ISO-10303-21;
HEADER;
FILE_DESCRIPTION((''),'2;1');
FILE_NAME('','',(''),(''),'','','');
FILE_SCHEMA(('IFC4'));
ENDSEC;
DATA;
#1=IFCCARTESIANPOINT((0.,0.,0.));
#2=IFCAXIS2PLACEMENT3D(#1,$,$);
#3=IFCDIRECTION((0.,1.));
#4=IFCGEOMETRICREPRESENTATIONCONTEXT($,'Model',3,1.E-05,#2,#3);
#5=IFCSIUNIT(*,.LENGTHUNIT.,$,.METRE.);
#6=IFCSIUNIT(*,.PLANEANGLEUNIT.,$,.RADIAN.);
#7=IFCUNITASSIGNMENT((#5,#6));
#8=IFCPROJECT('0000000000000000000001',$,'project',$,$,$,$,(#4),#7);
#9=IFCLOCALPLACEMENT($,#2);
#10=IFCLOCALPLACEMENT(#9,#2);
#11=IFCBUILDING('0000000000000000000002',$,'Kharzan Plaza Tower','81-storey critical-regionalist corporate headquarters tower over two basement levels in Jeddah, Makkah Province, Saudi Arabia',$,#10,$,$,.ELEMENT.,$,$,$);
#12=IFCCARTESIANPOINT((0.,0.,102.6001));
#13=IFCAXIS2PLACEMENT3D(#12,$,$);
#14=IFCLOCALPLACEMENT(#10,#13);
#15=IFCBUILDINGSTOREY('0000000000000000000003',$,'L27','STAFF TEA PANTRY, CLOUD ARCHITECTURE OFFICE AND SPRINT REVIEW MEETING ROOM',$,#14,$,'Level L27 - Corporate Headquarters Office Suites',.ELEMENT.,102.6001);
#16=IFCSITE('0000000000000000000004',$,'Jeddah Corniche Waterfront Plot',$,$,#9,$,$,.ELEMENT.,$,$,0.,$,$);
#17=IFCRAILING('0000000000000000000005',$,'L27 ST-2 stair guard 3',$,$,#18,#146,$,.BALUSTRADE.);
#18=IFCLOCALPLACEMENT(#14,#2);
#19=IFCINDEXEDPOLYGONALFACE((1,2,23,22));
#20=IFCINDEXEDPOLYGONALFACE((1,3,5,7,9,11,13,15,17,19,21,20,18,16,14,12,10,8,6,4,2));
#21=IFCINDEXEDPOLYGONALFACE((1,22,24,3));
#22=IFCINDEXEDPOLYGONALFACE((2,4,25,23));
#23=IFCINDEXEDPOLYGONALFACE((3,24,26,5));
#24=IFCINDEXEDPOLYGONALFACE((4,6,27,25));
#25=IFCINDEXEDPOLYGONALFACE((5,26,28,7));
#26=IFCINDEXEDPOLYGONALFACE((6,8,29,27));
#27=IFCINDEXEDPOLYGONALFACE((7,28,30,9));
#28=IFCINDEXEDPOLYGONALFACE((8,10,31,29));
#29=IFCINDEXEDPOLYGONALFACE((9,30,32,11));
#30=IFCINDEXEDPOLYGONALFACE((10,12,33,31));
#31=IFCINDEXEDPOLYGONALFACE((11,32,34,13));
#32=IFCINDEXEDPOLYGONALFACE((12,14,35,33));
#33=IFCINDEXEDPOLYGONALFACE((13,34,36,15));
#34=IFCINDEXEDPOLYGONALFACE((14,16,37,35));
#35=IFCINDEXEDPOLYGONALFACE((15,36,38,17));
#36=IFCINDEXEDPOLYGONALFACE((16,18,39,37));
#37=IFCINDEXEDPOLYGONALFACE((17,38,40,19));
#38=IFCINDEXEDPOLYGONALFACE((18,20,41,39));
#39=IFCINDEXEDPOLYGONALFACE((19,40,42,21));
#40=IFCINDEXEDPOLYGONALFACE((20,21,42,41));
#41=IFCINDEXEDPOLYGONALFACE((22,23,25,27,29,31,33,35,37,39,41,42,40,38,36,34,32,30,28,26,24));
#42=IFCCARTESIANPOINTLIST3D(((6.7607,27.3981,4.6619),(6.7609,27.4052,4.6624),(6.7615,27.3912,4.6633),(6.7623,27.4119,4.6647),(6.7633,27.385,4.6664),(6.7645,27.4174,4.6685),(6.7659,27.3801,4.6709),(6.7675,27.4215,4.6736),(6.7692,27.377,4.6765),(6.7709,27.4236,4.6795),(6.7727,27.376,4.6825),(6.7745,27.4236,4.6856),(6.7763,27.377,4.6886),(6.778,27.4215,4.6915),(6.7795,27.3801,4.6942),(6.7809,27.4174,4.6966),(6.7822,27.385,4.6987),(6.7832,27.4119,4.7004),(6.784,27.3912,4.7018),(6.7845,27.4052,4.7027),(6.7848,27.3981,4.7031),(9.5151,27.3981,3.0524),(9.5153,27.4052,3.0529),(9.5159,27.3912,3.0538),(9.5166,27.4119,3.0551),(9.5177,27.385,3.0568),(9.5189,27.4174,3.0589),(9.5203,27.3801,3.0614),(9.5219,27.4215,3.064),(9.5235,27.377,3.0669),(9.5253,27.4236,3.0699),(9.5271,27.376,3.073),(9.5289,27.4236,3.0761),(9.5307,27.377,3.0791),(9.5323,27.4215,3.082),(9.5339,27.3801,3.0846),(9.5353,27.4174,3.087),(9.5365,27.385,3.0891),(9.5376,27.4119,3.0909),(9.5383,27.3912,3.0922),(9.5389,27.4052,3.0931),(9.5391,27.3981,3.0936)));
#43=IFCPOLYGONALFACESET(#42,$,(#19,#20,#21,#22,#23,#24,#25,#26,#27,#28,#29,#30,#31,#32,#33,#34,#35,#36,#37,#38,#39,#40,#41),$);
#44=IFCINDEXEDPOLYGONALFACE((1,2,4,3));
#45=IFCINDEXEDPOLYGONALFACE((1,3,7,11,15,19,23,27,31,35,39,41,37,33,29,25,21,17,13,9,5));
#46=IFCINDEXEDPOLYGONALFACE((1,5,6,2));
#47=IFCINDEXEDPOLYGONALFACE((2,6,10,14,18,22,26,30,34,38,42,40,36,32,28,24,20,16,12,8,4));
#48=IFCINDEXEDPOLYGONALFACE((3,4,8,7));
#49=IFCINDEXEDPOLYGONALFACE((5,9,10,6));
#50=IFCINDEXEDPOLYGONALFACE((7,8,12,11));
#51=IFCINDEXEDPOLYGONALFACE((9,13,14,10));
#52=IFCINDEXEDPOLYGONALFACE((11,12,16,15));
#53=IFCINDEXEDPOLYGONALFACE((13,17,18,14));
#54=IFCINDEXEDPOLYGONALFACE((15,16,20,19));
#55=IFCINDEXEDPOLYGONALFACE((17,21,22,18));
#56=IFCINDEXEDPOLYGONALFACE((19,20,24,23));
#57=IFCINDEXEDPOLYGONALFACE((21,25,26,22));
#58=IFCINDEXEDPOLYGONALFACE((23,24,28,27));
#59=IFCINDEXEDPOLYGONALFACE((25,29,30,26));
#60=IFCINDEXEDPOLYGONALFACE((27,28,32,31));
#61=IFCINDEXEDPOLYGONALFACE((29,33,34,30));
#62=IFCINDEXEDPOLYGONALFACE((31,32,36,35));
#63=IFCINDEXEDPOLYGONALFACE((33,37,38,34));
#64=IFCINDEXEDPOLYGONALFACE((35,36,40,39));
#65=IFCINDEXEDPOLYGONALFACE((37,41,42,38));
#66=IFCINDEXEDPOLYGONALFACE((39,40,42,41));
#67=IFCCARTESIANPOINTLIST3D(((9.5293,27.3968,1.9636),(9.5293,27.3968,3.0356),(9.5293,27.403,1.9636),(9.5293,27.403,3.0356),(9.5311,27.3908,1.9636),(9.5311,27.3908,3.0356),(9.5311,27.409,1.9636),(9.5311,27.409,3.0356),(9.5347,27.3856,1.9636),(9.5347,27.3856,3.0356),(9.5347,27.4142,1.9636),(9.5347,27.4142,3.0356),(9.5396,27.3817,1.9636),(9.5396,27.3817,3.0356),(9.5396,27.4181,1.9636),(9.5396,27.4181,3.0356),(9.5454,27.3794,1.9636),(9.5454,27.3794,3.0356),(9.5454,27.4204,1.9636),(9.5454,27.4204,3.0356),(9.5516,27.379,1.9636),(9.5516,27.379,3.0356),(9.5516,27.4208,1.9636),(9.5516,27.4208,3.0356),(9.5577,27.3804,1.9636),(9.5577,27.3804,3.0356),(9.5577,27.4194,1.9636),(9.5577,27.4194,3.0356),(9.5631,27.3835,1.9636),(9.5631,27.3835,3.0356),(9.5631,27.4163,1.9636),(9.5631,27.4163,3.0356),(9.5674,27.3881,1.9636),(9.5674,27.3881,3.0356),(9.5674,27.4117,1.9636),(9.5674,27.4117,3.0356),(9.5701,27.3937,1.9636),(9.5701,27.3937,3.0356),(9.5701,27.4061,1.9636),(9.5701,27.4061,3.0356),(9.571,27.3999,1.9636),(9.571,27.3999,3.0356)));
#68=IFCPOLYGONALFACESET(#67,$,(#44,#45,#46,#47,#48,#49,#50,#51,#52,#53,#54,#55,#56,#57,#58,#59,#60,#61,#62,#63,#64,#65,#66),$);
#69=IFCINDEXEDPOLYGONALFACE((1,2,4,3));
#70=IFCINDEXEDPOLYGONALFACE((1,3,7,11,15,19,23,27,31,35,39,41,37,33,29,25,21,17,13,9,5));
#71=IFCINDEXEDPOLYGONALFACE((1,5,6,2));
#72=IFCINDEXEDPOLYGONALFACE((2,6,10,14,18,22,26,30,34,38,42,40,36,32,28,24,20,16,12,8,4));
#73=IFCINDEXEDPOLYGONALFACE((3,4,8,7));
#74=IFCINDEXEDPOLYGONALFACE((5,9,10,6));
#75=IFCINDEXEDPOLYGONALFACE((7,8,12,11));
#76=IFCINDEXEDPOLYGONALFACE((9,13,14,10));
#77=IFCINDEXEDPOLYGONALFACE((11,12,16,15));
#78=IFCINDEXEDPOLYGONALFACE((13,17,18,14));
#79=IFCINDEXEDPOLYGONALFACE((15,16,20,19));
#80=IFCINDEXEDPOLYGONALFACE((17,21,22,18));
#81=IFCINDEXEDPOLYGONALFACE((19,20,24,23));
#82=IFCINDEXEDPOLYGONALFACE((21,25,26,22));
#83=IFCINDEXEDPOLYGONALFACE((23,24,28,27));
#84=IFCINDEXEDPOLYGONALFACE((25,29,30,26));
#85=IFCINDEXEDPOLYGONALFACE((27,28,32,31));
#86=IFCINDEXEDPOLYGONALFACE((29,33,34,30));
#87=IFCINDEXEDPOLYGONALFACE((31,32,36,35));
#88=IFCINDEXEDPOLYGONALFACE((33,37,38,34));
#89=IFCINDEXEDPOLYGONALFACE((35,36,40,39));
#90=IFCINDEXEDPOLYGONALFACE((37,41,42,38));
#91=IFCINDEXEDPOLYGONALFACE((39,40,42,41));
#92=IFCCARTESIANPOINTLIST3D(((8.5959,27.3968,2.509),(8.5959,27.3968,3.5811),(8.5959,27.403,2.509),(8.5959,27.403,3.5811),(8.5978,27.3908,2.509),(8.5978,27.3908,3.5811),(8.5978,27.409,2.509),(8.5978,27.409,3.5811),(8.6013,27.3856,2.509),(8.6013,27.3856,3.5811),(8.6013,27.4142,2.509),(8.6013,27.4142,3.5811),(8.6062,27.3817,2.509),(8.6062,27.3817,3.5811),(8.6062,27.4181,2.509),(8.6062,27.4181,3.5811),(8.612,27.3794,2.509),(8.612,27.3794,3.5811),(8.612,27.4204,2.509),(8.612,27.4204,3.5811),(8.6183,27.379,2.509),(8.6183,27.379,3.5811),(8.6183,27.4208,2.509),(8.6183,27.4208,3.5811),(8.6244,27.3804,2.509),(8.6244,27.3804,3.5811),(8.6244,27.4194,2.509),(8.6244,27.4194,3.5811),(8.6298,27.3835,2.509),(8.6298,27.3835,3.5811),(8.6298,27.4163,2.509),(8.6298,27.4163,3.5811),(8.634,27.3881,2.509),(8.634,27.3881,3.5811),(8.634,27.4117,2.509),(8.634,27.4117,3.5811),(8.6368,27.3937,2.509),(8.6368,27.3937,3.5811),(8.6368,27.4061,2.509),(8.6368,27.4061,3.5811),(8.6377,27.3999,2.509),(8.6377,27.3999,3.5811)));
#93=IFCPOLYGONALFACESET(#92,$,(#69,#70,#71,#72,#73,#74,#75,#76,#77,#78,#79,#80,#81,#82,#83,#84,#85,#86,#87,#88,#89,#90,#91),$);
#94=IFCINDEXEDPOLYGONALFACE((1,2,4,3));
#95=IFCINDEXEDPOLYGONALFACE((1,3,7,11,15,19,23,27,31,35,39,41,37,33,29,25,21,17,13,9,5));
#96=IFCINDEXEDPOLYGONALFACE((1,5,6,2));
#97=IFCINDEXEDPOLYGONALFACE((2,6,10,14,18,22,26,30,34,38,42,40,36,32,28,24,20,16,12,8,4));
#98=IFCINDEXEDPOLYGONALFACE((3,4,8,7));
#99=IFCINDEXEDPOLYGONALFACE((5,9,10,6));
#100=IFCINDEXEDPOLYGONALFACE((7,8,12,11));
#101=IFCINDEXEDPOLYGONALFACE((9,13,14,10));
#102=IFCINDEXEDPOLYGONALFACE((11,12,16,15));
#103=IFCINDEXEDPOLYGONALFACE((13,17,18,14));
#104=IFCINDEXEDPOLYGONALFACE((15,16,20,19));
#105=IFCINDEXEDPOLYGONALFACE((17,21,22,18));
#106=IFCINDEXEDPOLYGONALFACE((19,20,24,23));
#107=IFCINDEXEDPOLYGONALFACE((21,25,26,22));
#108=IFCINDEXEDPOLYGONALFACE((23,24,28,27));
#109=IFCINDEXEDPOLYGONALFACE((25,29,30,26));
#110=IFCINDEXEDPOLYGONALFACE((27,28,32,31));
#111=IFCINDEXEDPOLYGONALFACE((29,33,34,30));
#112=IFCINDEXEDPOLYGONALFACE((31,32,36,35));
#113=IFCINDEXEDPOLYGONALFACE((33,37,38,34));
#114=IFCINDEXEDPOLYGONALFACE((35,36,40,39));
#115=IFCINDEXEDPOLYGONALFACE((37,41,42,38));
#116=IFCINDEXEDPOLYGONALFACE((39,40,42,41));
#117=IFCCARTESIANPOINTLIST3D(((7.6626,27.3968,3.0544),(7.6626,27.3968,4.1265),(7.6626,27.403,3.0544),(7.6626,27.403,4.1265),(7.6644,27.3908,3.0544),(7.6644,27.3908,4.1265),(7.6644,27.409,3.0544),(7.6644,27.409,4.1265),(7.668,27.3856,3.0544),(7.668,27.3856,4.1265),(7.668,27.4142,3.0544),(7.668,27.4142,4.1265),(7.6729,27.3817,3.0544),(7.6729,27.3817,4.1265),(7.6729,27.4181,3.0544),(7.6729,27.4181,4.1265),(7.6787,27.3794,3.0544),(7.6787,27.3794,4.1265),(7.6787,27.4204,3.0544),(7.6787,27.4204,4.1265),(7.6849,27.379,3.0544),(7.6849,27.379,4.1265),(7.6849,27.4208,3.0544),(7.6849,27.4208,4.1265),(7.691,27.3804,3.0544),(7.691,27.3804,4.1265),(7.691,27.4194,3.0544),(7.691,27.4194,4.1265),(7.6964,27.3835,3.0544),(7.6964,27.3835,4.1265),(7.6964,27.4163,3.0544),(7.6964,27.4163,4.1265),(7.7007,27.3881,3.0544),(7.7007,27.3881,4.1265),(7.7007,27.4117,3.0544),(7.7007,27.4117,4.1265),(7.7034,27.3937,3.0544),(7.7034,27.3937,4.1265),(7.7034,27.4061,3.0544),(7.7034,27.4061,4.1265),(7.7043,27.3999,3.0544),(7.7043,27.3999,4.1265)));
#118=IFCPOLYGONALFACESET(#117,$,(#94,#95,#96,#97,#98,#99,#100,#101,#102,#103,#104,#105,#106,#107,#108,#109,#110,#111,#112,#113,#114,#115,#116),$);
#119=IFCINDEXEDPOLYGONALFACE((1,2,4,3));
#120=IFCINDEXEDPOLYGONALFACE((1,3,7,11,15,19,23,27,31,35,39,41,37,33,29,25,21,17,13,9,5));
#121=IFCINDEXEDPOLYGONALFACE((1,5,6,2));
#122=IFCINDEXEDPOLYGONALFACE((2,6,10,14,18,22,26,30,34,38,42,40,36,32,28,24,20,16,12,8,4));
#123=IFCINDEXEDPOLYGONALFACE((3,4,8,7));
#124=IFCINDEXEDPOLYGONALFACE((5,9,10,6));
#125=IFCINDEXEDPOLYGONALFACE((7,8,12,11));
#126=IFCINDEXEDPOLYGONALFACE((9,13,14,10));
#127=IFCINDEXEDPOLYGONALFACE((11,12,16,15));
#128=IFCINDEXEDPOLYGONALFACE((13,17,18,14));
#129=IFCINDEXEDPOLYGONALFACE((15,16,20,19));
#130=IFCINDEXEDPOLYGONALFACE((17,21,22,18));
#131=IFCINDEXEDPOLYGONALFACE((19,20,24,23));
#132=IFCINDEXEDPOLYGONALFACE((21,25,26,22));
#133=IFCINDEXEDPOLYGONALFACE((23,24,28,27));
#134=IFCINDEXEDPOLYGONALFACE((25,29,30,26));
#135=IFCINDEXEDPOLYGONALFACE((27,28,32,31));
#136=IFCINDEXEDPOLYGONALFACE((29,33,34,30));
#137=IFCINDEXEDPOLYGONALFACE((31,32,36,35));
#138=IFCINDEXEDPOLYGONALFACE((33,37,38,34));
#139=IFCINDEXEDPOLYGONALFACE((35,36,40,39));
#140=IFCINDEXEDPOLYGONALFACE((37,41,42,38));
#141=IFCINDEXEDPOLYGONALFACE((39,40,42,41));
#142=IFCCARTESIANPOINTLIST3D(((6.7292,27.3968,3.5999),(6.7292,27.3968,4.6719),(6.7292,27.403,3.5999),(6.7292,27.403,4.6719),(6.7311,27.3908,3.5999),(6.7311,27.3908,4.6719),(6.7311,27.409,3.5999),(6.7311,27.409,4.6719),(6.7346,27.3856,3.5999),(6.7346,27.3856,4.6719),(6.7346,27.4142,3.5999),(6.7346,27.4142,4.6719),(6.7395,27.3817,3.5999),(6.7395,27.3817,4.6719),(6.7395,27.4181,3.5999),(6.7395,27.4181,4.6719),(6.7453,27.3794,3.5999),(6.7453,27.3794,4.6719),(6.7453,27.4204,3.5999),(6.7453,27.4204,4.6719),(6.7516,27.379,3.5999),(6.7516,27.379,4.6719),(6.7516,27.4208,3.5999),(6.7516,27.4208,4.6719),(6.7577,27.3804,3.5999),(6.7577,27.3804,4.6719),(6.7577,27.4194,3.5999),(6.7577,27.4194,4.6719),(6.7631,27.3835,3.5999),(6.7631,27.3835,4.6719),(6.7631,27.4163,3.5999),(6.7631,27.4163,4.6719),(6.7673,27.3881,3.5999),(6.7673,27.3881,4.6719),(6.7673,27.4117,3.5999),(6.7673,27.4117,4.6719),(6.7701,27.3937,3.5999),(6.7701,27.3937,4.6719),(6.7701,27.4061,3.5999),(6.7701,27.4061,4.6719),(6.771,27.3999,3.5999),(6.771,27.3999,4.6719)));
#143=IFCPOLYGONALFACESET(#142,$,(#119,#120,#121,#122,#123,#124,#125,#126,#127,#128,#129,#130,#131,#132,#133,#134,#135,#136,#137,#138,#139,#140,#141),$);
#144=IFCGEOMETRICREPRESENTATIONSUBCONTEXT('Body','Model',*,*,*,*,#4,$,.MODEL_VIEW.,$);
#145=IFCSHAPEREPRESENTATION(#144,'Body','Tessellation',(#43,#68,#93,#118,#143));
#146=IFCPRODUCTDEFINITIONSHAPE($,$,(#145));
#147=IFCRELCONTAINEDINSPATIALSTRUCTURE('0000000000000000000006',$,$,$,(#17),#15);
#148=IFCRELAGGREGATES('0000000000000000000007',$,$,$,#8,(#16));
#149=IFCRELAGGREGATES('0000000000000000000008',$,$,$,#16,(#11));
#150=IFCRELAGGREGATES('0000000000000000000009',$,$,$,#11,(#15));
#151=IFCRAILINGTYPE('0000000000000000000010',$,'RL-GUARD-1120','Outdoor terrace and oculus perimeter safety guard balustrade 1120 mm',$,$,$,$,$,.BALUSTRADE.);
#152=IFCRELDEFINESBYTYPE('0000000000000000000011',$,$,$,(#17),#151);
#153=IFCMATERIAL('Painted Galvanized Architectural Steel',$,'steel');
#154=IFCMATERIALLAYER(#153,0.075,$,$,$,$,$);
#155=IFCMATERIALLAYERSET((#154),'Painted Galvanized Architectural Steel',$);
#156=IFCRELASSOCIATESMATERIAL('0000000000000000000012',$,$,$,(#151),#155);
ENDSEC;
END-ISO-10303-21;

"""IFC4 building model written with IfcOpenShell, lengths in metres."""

from ifc_helpers import new_model, si_unit, direction, frame, origin, origin_2d, place, context, subcontext, project, spatial, circle, extrude, source, transform, mapped, material, layer, layer_set, type_object, element, save


model = new_model("IFC4")

# Units and contexts
model_context = context("Model", 3, precision=1e-05, world=origin(), true_north=direction((0.0, 1.0)))
body_context = subcontext(model_context, "Body", "Model", "MODEL_VIEW")
ifc_project = project(units=[si_unit("LENGTHUNIT", "METRE"), si_unit("PLANEANGLEUNIT", "RADIAN")], contexts=[model_context])

# Site, building, storey
site_placement = place(None, origin())
site = spatial("IfcSite", under=ifc_project, at=site_placement, Name="Jeddah Corniche Waterfront Plot", CompositionType="ELEMENT", RefElevation=0.0)
building_placement = place(site_placement, origin())
building = spatial("IfcBuilding", under=site, at=building_placement, Name="Kharzan Plaza Tower", Description="81-storey critical-regionalist corporate headquarters tower over two basement levels in Jeddah, Makkah Province, Saudi Arabia", CompositionType="ELEMENT")
storey_placement = place(building_placement, frame((0.0, 0.0, 102.6001)))
storey = spatial("IfcBuildingStorey", under=building, at=storey_placement, Name="L27", Description="STAFF TEA PANTRY, CLOUD ARCHITECTURE OFFICE AND SPRINT REVIEW MEETING ROOM", LongName="Level L27 - Corporate Headquarters Office Suites", CompositionType="ELEMENT", Elevation=102.6001)

# Railing
ifc_material_1 = material(Name="Painted Galvanized Architectural Steel", Category="steel")
ifc_layer_1 = layer(ifc_material_1, 0.075)
ifc_layer_set_1 = layer_set([ifc_layer_1], Name="Painted Galvanized Architectural Steel")
railing_type_1 = type_object("IfcRailingType", Name="RL-GUARD-1120", Description="Outdoor terrace and oculus perimeter safety guard balustrade 1120 mm", PredefinedType="BALUSTRADE", material=ifc_layer_set_1)
shared_shape_1 = source(origin(), body_context, "Body", "SweptSolid", [
    extrude(circle(Radius=0.0239, at=origin_2d()), frame((-0.0229, 0.0, 1.1094), z_axis=(-0.863394, 0.0, 0.504531), x_axis=(0.0, -1.0, 0.0)), (0.0, 0.0, 1.0), 3.1902),
    extrude(circle(Radius=0.021, at=origin_2d()), origin(), (0.0, 0.0, 1.0), 1.072),
    extrude(circle(Radius=0.021, at=origin_2d()), frame((-0.9333, 0.0, 0.5454)), (0.0, 0.0, 1.0), 1.072),
    extrude(circle(Radius=0.021, at=origin_2d()), frame((-1.8667, 0.0, 1.0908)), (0.0, 0.0, 1.0), 1.072),
    extrude(circle(Radius=0.021, at=origin_2d()), frame((-2.8, 0.0, 1.6362)), (0.0, 0.0, 1.0), 1.072),
])
railing_1_placement = place(storey_placement, frame((9.55, 27.3999, 1.9636)))
element("IfcRailing", 1, at=railing_1_placement, inside=storey, type_object=railing_type_1, Name="L27 ST-2 stair guard 3", PredefinedType="BALUSTRADE", context=body_context, shape_type="MappedRepresentation", body=[
    mapped(shared_shape_1, transform((0.0, 0.0, 0.0), x_axis=(1.0, 0.0, 0.0), y_axis=(0.0, 1.0, 0.0), z_axis=(0.0, 0.0, 1.0))),
])

save(model, "model.ifc")
